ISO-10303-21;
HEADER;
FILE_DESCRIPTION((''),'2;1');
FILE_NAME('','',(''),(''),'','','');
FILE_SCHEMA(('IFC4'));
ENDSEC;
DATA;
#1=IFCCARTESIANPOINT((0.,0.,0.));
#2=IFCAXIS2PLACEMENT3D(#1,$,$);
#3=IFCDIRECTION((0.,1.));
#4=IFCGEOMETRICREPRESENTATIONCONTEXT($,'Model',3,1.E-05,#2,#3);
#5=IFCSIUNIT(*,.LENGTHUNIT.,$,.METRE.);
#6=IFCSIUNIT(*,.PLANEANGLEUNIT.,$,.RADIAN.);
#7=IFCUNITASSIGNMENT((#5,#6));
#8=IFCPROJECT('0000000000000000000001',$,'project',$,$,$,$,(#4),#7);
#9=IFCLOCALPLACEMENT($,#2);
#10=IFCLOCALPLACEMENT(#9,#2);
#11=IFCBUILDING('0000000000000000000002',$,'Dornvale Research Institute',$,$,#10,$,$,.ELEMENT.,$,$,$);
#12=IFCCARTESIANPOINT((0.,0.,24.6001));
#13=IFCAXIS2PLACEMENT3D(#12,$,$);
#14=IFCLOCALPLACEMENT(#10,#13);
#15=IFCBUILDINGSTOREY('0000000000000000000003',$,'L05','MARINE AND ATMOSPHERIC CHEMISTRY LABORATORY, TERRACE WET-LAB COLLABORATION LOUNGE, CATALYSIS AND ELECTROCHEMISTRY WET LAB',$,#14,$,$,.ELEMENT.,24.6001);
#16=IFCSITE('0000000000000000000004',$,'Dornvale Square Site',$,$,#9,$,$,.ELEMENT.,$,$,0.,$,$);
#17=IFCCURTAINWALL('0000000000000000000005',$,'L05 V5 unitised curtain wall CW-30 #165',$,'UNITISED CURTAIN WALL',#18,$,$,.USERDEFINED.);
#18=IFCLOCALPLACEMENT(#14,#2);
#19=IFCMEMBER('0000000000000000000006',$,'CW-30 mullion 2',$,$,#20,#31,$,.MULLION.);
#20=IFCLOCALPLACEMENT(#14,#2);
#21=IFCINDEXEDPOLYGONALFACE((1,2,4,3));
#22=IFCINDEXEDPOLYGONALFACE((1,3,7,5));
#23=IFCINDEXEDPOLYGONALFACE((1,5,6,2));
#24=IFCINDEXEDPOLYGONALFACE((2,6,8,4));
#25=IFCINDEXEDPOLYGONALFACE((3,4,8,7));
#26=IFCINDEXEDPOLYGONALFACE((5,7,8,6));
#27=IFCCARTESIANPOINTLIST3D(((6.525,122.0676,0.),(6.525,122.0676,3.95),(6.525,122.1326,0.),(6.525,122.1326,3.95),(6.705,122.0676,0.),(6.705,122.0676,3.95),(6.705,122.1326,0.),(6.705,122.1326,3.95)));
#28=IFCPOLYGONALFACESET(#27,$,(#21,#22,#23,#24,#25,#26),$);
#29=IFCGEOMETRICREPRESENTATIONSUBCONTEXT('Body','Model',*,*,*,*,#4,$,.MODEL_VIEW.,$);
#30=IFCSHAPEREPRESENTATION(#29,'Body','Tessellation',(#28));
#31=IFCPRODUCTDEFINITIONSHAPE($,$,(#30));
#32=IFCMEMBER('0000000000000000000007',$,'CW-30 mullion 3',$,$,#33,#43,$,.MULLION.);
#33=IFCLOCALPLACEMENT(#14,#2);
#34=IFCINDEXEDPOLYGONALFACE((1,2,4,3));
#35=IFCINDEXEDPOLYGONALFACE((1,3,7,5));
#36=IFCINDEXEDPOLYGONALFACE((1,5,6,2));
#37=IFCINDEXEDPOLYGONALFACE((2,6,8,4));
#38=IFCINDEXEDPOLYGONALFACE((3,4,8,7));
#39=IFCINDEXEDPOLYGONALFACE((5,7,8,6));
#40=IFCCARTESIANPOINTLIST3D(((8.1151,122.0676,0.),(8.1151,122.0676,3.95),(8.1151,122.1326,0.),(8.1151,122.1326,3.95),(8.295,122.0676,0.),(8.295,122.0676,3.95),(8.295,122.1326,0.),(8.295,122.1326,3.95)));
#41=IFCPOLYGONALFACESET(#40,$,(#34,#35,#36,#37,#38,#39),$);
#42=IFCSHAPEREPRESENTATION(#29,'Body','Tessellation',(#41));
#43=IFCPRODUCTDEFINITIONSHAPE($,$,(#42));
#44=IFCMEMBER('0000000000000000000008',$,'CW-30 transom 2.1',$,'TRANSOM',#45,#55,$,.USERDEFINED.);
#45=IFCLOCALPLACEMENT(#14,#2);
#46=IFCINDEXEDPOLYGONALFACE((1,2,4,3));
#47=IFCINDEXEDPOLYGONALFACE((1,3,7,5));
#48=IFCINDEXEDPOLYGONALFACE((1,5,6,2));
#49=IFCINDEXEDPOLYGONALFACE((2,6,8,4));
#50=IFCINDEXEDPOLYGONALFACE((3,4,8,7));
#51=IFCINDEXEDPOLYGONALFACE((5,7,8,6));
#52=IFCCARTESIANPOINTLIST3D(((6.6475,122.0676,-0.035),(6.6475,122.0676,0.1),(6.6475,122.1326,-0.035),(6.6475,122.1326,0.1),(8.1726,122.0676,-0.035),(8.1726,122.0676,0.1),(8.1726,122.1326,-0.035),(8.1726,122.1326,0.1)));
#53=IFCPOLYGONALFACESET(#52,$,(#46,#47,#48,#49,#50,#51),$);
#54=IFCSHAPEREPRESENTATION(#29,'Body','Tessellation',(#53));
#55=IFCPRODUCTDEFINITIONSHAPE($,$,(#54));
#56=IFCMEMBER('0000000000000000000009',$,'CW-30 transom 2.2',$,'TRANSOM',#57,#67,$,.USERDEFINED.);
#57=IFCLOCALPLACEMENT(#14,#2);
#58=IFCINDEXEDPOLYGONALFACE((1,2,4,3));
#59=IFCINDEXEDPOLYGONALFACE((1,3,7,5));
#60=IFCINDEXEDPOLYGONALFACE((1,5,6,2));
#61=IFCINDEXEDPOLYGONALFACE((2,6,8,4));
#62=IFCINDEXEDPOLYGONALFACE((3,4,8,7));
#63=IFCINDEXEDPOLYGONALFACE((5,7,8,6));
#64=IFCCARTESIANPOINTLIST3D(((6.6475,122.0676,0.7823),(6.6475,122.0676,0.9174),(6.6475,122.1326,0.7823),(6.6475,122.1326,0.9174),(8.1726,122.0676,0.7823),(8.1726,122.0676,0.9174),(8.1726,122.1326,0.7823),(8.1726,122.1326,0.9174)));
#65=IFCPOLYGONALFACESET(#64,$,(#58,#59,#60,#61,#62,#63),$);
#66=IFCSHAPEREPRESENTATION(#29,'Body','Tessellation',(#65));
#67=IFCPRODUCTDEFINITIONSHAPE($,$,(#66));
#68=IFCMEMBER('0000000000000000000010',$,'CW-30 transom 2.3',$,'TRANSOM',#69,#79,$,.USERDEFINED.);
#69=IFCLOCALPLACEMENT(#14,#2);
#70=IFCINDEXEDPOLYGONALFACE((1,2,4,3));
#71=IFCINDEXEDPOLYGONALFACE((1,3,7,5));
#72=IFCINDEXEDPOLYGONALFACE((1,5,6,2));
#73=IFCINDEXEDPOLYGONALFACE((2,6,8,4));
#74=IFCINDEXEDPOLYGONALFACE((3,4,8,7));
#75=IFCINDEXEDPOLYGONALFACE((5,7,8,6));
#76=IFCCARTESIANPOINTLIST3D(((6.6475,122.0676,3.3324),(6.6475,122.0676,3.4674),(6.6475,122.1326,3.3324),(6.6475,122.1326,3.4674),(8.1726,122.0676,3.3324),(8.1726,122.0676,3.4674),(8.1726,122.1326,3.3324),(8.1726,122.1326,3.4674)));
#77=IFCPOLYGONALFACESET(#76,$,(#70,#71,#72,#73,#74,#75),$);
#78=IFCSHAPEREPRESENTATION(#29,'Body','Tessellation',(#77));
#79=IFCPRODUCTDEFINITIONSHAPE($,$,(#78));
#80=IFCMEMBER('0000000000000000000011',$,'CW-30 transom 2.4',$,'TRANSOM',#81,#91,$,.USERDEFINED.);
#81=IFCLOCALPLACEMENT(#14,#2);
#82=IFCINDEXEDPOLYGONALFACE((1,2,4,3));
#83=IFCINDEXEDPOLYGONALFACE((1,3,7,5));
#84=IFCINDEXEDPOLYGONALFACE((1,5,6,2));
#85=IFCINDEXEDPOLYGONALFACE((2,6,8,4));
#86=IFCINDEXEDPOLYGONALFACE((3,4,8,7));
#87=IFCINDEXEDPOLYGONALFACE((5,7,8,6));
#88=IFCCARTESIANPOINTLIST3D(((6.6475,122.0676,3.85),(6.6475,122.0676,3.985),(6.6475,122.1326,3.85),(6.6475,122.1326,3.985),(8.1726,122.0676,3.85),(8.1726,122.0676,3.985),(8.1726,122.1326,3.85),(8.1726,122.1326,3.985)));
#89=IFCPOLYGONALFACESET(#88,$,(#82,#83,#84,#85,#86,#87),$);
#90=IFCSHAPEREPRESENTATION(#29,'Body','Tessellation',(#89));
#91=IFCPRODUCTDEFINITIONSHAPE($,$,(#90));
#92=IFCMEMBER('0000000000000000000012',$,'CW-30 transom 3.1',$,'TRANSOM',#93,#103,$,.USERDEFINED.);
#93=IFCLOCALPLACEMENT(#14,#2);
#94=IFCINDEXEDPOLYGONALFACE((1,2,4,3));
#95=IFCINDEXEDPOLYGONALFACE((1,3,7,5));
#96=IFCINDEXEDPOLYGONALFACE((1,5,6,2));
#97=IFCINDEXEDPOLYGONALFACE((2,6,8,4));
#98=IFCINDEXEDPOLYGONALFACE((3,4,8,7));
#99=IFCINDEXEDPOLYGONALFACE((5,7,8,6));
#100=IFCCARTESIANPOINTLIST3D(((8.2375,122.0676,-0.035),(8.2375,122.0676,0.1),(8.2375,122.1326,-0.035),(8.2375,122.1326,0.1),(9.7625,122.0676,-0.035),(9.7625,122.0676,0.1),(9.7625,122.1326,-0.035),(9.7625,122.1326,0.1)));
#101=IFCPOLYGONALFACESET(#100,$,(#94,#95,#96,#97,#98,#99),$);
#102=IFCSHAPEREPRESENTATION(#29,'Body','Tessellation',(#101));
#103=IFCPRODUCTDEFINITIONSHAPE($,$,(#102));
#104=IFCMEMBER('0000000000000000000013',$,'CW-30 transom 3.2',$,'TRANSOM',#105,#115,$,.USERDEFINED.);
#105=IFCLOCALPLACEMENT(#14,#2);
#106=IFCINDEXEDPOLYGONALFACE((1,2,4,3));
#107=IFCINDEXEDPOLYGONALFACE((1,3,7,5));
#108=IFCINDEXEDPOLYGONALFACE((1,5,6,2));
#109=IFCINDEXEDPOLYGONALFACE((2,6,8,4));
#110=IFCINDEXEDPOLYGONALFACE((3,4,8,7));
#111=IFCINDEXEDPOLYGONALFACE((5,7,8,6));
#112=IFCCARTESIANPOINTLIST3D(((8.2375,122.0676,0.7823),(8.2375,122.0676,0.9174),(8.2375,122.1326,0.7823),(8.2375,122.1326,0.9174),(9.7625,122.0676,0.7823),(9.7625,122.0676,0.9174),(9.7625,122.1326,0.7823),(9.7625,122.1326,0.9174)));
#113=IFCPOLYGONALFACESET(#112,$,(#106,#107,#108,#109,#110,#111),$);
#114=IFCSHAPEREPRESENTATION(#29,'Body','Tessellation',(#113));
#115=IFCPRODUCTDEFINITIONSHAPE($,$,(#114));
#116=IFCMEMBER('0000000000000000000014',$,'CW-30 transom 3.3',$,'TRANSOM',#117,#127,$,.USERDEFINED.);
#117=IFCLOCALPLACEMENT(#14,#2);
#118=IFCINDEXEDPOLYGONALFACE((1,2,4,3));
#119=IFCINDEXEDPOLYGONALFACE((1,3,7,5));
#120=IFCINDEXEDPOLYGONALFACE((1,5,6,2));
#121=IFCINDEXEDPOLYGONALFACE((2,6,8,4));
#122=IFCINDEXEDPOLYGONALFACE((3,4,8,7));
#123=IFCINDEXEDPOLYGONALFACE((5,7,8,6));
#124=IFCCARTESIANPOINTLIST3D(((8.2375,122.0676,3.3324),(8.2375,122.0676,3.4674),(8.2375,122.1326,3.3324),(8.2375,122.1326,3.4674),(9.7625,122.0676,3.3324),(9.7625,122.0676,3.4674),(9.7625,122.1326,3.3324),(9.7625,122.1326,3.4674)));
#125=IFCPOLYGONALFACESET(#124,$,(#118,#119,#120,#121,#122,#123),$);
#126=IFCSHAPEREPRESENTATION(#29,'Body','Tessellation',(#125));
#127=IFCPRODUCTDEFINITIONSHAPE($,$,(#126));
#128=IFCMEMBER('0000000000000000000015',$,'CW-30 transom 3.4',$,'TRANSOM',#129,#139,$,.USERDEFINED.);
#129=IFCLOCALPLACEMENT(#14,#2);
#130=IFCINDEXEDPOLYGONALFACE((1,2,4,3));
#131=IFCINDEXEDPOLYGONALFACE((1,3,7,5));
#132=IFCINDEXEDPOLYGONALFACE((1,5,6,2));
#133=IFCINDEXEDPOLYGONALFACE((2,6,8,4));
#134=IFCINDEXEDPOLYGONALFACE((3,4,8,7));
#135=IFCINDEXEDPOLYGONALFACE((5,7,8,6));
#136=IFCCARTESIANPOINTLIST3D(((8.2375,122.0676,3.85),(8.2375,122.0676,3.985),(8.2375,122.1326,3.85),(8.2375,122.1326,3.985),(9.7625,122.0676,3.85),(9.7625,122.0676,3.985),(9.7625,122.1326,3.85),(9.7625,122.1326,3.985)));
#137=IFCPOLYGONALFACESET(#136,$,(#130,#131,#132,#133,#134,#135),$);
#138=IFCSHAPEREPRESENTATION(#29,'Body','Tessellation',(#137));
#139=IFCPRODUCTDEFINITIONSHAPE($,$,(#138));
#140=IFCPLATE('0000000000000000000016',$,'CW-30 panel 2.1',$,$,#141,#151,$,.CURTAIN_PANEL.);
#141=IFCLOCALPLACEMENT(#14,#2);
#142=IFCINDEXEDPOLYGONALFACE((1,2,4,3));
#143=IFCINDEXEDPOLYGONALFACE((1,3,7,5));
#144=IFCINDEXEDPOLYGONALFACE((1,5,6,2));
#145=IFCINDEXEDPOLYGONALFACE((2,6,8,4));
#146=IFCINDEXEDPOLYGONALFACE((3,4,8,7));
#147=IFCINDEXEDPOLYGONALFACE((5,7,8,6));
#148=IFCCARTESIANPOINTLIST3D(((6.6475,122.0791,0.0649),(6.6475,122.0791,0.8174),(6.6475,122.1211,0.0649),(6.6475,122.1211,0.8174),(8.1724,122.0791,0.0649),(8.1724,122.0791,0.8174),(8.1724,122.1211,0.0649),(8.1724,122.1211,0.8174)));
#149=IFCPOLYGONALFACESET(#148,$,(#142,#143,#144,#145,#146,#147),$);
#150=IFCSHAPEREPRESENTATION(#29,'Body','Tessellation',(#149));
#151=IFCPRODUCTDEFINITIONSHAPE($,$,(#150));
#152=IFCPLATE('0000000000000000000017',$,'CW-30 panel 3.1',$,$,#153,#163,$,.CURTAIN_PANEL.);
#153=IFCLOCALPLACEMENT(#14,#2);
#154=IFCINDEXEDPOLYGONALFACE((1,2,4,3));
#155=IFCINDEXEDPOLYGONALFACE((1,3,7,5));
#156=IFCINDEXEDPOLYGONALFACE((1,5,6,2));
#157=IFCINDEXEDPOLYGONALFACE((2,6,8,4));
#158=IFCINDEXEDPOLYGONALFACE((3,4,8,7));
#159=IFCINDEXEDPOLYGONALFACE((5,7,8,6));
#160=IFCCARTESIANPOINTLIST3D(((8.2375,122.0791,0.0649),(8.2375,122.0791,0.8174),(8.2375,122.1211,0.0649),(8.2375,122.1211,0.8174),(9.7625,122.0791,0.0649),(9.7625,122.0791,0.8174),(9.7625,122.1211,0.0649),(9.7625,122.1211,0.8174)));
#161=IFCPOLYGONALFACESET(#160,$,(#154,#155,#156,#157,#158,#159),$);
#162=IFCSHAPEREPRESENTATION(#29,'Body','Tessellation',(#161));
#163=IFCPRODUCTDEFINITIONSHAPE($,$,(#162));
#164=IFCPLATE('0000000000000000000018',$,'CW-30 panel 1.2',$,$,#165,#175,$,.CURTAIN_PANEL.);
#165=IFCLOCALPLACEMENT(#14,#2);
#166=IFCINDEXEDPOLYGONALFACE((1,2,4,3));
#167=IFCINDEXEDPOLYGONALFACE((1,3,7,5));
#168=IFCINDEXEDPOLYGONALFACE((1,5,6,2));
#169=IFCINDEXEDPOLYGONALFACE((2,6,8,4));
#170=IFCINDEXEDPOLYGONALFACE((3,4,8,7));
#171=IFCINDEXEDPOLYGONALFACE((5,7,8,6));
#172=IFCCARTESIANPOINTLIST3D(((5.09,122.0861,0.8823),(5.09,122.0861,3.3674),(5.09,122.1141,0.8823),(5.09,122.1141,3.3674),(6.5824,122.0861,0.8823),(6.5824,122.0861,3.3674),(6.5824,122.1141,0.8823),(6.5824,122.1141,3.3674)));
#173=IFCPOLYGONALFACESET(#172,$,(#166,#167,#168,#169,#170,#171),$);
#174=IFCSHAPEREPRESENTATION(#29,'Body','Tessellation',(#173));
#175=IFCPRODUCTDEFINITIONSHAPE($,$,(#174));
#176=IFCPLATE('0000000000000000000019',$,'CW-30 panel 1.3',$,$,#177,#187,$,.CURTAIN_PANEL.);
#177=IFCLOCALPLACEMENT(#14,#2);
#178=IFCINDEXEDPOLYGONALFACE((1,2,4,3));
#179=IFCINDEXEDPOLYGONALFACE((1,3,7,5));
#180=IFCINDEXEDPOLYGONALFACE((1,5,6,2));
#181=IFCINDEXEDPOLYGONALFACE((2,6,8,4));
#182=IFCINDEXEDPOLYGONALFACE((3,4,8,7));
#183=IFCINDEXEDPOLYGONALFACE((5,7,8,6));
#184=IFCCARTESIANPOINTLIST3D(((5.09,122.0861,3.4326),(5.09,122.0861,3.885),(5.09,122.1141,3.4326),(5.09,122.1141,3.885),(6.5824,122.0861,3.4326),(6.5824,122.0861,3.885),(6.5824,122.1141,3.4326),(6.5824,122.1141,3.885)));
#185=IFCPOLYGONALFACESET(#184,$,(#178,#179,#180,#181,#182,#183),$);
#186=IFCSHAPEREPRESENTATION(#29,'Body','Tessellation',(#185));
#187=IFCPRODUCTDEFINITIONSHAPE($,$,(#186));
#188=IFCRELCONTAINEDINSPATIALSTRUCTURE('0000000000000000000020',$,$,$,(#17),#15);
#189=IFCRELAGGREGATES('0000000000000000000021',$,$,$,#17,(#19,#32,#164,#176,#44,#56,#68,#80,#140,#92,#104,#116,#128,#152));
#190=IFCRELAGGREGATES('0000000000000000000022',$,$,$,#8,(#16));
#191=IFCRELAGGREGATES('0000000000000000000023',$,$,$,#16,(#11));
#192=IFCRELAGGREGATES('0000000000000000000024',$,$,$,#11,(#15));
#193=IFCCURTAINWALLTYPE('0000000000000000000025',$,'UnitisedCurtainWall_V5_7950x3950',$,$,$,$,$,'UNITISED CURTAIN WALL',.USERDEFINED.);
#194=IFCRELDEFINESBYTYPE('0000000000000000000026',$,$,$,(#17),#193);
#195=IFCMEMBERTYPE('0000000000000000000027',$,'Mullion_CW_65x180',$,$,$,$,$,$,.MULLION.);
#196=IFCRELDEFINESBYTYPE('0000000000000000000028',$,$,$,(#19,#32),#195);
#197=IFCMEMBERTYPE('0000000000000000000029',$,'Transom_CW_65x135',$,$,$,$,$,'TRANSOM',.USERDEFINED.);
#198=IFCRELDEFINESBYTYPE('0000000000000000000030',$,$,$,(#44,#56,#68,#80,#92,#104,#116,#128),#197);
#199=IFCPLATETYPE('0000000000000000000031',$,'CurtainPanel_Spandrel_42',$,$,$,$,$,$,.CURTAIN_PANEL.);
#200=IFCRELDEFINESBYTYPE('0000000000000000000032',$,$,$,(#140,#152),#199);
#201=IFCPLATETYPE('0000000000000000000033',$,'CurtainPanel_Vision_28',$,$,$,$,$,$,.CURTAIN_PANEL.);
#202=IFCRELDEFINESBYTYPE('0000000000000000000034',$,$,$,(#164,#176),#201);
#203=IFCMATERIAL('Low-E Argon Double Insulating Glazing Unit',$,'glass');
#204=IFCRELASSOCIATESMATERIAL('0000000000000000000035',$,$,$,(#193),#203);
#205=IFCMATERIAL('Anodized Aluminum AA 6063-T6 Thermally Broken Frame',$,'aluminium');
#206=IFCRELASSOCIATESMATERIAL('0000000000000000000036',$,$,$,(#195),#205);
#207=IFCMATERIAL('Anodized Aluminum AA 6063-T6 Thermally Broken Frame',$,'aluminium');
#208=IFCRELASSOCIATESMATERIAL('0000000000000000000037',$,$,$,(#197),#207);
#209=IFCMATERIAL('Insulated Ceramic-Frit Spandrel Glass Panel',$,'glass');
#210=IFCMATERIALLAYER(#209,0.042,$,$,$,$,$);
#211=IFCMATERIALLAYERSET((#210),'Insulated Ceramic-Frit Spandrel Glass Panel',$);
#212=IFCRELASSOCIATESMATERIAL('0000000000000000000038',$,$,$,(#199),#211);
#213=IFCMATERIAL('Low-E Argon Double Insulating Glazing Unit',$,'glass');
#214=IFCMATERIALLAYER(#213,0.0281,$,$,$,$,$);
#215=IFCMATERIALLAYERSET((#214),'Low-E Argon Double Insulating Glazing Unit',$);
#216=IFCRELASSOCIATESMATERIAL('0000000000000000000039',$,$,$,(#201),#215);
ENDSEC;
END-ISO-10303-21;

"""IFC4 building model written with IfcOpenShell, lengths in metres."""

from ifc_helpers import new_model, si_unit, direction, frame, origin, origin_2d, place, context, subcontext, project, spatial, rectangle, extrude, material, layer, layer_set, material_profile, profile_set, type_object, element, aggregate, save


model = new_model("IFC4")

# Units and contexts
model_context = context("Model", 3, precision=1e-05, world=origin(), true_north=direction((0.0, 1.0)))
body_context = subcontext(model_context, "Body", "Model", "MODEL_VIEW")
ifc_project = project(units=[si_unit("LENGTHUNIT", "METRE"), si_unit("PLANEANGLEUNIT", "RADIAN")], contexts=[model_context])

# Site, building, storey
site_placement = place(None, origin())
site = spatial("IfcSite", under=ifc_project, at=site_placement, Name="Dornvale Square Site", CompositionType="ELEMENT", RefElevation=0.0)
building_placement = place(site_placement, origin())
building = spatial("IfcBuilding", under=site, at=building_placement, Name="Dornvale Research Institute", CompositionType="ELEMENT")
storey_placement = place(building_placement, frame((0.0, 0.0, 24.6001)))
storey = spatial("IfcBuildingStorey", under=building, at=storey_placement, Name="L05", Description="MARINE AND ATMOSPHERIC CHEMISTRY LABORATORY, TERRACE WET-LAB COLLABORATION LOUNGE, CATALYSIS AND ELECTROCHEMISTRY WET LAB", CompositionType="ELEMENT", Elevation=24.6001)

# Curtain wall, members, plates
ifc_material_1 = material(Name="Low-E Argon Double Insulating Glazing Unit", Category="glass")
curtain_wall_type = type_object("IfcCurtainWallType", Name="UnitisedCurtainWall_V5_7950x3950", ElementType="UNITISED CURTAIN WALL", PredefinedType="USERDEFINED", material=ifc_material_1)
curtain_wall_placement = place(storey_placement, origin())
curtain_wall = element("IfcCurtainWall", 1, at=curtain_wall_placement, inside=storey, type_object=curtain_wall_type, Name="L05 V5 unitised curtain wall CW-30 #165", ObjectType="UNITISED CURTAIN WALL", PredefinedType="USERDEFINED")
ifc_material_2 = material(Name="Anodized Aluminum AA 6063-T6 Thermally Broken Frame", Category="aluminium")
ifc_material_profile_1 = material_profile(ifc_material_2, rectangle(XDim=0.0649, YDim=0.1799, at=origin_2d()), Name="ALU MULLION 65x180")
ifc_profile_set_1 = profile_set([ifc_material_profile_1], Name="Anodized Aluminum AA 6063-T6 Thermally Broken Frame")
member_type_1 = type_object("IfcMemberType", Name="Mullion_CW_65x180", PredefinedType="MULLION", material=ifc_profile_set_1)
member_1_placement = place(storey_placement, frame((6.615, 122.1001, 0.0), z_axis=(0.0, 0.0, 1.0), x_axis=(0.0, 1.0, 0.0)))
member_1 = element("IfcMember", 2, at=member_1_placement, type_object=member_type_1, Name="CW-30 mullion 2", PredefinedType="MULLION", context=body_context, shape_type="SweptSolid", body=[
    extrude(rectangle(XDim=0.0649, YDim=0.1799, at=origin_2d()), origin(), (0.0, 0.0, 1.0), 3.95),
])
member_2_placement = place(storey_placement, frame((8.2051, 122.1001, 0.0), z_axis=(0.0, 0.0, 1.0), x_axis=(0.0, 1.0, 0.0)))
member_2 = element("IfcMember", 3, at=member_2_placement, type_object=member_type_1, Name="CW-30 mullion 3", PredefinedType="MULLION", context=body_context, shape_type="SweptSolid", body=[
    extrude(rectangle(XDim=0.0649, YDim=0.1799, at=origin_2d()), origin(), (0.0, 0.0, 1.0), 3.95),
])
ifc_material_3 = material(Name="Anodized Aluminum AA 6063-T6 Thermally Broken Frame", Category="aluminium")
ifc_material_profile_2 = material_profile(ifc_material_3, rectangle(XDim=0.0649, YDim=0.135, at=origin_2d()), Name="ALU TRANSOM 65x135")
ifc_profile_set_2 = profile_set([ifc_material_profile_2], Name="Anodized Aluminum AA 6063-T6 Thermally Broken Frame")
member_type_2 = type_object("IfcMemberType", Name="Transom_CW_65x135", ElementType="TRANSOM", PredefinedType="USERDEFINED", material=ifc_profile_set_2)
member_3_placement = place(storey_placement, frame((6.6475, 122.1001, 0.0325), z_axis=(1.0, 0.0, 0.0), x_axis=(0.0, 1.0, 0.0)))
member_3 = element("IfcMember", 4, at=member_3_placement, type_object=member_type_2, Name="CW-30 transom 2.1", ObjectType="TRANSOM", PredefinedType="USERDEFINED", context=body_context, shape_type="SweptSolid", body=[
    extrude(rectangle(XDim=0.0649, YDim=0.135, at=origin_2d()), origin(), (0.0, 0.0, 1.0), 1.5251),
])
member_4_placement = place(storey_placement, frame((6.6475, 122.1001, 0.8499), z_axis=(1.0, 0.0, 0.0), x_axis=(0.0, 1.0, 0.0)))
member_4 = element("IfcMember", 5, at=member_4_placement, type_object=member_type_2, Name="CW-30 transom 2.2", ObjectType="TRANSOM", PredefinedType="USERDEFINED", context=body_context, shape_type="SweptSolid", body=[
    extrude(rectangle(XDim=0.0649, YDim=0.135, at=origin_2d()), origin(), (0.0, 0.0, 1.0), 1.5251),
])
member_5_placement = place(storey_placement, frame((6.6475, 122.1001, 3.3999), z_axis=(1.0, 0.0, 0.0), x_axis=(0.0, 1.0, 0.0)))
member_5 = element("IfcMember", 6, at=member_5_placement, type_object=member_type_2, Name="CW-30 transom 2.3", ObjectType="TRANSOM", PredefinedType="USERDEFINED", context=body_context, shape_type="SweptSolid", body=[
    extrude(rectangle(XDim=0.0649, YDim=0.135, at=origin_2d()), origin(), (0.0, 0.0, 1.0), 1.5251),
])
member_6_placement = place(storey_placement, frame((6.6475, 122.1001, 3.9175), z_axis=(1.0, 0.0, 0.0), x_axis=(0.0, 1.0, 0.0)))
member_6 = element("IfcMember", 7, at=member_6_placement, type_object=member_type_2, Name="CW-30 transom 2.4", ObjectType="TRANSOM", PredefinedType="USERDEFINED", context=body_context, shape_type="SweptSolid", body=[
    extrude(rectangle(XDim=0.0649, YDim=0.135, at=origin_2d()), origin(), (0.0, 0.0, 1.0), 1.5251),
])
member_7_placement = place(storey_placement, frame((8.2375, 122.1001, 0.0325), z_axis=(1.0, 0.0, 0.0), x_axis=(0.0, 1.0, 0.0)))
member_7 = element("IfcMember", 8, at=member_7_placement, type_object=member_type_2, Name="CW-30 transom 3.1", ObjectType="TRANSOM", PredefinedType="USERDEFINED", context=body_context, shape_type="SweptSolid", body=[
    extrude(rectangle(XDim=0.0649, YDim=0.135, at=origin_2d()), origin(), (0.0, 0.0, 1.0), 1.5249),
])
member_8_placement = place(storey_placement, frame((8.2375, 122.1001, 0.8499), z_axis=(1.0, 0.0, 0.0), x_axis=(0.0, 1.0, 0.0)))
member_8 = element("IfcMember", 9, at=member_8_placement, type_object=member_type_2, Name="CW-30 transom 3.2", ObjectType="TRANSOM", PredefinedType="USERDEFINED", context=body_context, shape_type="SweptSolid", body=[
    extrude(rectangle(XDim=0.0649, YDim=0.135, at=origin_2d()), origin(), (0.0, 0.0, 1.0), 1.5249),
])
member_9_placement = place(storey_placement, frame((8.2375, 122.1001, 3.3999), z_axis=(1.0, 0.0, 0.0), x_axis=(0.0, 1.0, 0.0)))
member_9 = element("IfcMember", 10, at=member_9_placement, type_object=member_type_2, Name="CW-30 transom 3.3", ObjectType="TRANSOM", PredefinedType="USERDEFINED", context=body_context, shape_type="SweptSolid", body=[
    extrude(rectangle(XDim=0.0649, YDim=0.135, at=origin_2d()), origin(), (0.0, 0.0, 1.0), 1.5249),
])
member_10_placement = place(storey_placement, frame((8.2375, 122.1001, 3.9175), z_axis=(1.0, 0.0, 0.0), x_axis=(0.0, 1.0, 0.0)))
member_10 = element("IfcMember", 11, at=member_10_placement, type_object=member_type_2, Name="CW-30 transom 3.4", ObjectType="TRANSOM", PredefinedType="USERDEFINED", context=body_context, shape_type="SweptSolid", body=[
    extrude(rectangle(XDim=0.0649, YDim=0.135, at=origin_2d()), origin(), (0.0, 0.0, 1.0), 1.5249),
])
ifc_material_4 = material(Name="Insulated Ceramic-Frit Spandrel Glass Panel", Category="glass")
ifc_layer_1 = layer(ifc_material_4, 0.042)
ifc_layer_set_1 = layer_set([ifc_layer_1], Name="Insulated Ceramic-Frit Spandrel Glass Panel")
plate_type_1 = type_object("IfcPlateType", Name="CurtainPanel_Spandrel_42", PredefinedType="CURTAIN_PANEL", material=ifc_layer_set_1)
plate_1_placement = place(storey_placement, frame((7.4099, 122.1001, 0.0649), z_axis=(0.0, 0.0, 1.0), x_axis=(1.0, 0.0, 0.0)))
plate_1 = element("IfcPlate", 12, at=plate_1_placement, type_object=plate_type_1, Name="CW-30 panel 2.1", PredefinedType="CURTAIN_PANEL", context=body_context, shape_type="SweptSolid", body=[
    extrude(rectangle(XDim=1.5249, YDim=0.042, at=origin_2d()), origin(), (0.0, 0.0, 1.0), 0.7524),
])
plate_2_placement = place(storey_placement, frame((9.0, 122.1001, 0.0649), z_axis=(0.0, 0.0, 1.0), x_axis=(1.0, 0.0, 0.0)))
plate_2 = element("IfcPlate", 13, at=plate_2_placement, type_object=plate_type_1, Name="CW-30 panel 3.1", PredefinedType="CURTAIN_PANEL", context=body_context, shape_type="SweptSolid", body=[
    extrude(rectangle(XDim=1.5249, YDim=0.042, at=origin_2d()), origin(), (0.0, 0.0, 1.0), 0.7524),
])
ifc_material_5 = material(Name="Low-E Argon Double Insulating Glazing Unit", Category="glass")
ifc_layer_2 = layer(ifc_material_5, 0.0281)
ifc_layer_set_2 = layer_set([ifc_layer_2], Name="Low-E Argon Double Insulating Glazing Unit")
plate_type_2 = type_object("IfcPlateType", Name="CurtainPanel_Vision_28", PredefinedType="CURTAIN_PANEL", material=ifc_layer_set_2)
plate_3_placement = place(storey_placement, frame((5.8362, 122.1001, 0.8823), z_axis=(0.0, 0.0, 1.0), x_axis=(1.0, 0.0, 0.0)))
plate_3 = element("IfcPlate", 14, at=plate_3_placement, type_object=plate_type_2, Name="CW-30 panel 1.2", PredefinedType="CURTAIN_PANEL", context=body_context, shape_type="SweptSolid", body=[
    extrude(rectangle(XDim=1.4924, YDim=0.0281, at=origin_2d()), origin(), (0.0, 0.0, 1.0), 2.4851),
])
plate_4_placement = place(storey_placement, frame((5.8362, 122.1001, 3.4326), z_axis=(0.0, 0.0, 1.0), x_axis=(1.0, 0.0, 0.0)))
plate_4 = element("IfcPlate", 15, at=plate_4_placement, type_object=plate_type_2, Name="CW-30 panel 1.3", PredefinedType="CURTAIN_PANEL", context=body_context, shape_type="SweptSolid", body=[
    extrude(rectangle(XDim=1.4924, YDim=0.0281, at=origin_2d()), origin(), (0.0, 0.0, 1.0), 0.4524),
])
aggregate(curtain_wall, [member_1, member_2, plate_3, plate_4, member_3, member_4, member_5, member_6, plate_1, member_7, member_8, member_9, member_10, plate_2])

save(model, "model.ifc")
